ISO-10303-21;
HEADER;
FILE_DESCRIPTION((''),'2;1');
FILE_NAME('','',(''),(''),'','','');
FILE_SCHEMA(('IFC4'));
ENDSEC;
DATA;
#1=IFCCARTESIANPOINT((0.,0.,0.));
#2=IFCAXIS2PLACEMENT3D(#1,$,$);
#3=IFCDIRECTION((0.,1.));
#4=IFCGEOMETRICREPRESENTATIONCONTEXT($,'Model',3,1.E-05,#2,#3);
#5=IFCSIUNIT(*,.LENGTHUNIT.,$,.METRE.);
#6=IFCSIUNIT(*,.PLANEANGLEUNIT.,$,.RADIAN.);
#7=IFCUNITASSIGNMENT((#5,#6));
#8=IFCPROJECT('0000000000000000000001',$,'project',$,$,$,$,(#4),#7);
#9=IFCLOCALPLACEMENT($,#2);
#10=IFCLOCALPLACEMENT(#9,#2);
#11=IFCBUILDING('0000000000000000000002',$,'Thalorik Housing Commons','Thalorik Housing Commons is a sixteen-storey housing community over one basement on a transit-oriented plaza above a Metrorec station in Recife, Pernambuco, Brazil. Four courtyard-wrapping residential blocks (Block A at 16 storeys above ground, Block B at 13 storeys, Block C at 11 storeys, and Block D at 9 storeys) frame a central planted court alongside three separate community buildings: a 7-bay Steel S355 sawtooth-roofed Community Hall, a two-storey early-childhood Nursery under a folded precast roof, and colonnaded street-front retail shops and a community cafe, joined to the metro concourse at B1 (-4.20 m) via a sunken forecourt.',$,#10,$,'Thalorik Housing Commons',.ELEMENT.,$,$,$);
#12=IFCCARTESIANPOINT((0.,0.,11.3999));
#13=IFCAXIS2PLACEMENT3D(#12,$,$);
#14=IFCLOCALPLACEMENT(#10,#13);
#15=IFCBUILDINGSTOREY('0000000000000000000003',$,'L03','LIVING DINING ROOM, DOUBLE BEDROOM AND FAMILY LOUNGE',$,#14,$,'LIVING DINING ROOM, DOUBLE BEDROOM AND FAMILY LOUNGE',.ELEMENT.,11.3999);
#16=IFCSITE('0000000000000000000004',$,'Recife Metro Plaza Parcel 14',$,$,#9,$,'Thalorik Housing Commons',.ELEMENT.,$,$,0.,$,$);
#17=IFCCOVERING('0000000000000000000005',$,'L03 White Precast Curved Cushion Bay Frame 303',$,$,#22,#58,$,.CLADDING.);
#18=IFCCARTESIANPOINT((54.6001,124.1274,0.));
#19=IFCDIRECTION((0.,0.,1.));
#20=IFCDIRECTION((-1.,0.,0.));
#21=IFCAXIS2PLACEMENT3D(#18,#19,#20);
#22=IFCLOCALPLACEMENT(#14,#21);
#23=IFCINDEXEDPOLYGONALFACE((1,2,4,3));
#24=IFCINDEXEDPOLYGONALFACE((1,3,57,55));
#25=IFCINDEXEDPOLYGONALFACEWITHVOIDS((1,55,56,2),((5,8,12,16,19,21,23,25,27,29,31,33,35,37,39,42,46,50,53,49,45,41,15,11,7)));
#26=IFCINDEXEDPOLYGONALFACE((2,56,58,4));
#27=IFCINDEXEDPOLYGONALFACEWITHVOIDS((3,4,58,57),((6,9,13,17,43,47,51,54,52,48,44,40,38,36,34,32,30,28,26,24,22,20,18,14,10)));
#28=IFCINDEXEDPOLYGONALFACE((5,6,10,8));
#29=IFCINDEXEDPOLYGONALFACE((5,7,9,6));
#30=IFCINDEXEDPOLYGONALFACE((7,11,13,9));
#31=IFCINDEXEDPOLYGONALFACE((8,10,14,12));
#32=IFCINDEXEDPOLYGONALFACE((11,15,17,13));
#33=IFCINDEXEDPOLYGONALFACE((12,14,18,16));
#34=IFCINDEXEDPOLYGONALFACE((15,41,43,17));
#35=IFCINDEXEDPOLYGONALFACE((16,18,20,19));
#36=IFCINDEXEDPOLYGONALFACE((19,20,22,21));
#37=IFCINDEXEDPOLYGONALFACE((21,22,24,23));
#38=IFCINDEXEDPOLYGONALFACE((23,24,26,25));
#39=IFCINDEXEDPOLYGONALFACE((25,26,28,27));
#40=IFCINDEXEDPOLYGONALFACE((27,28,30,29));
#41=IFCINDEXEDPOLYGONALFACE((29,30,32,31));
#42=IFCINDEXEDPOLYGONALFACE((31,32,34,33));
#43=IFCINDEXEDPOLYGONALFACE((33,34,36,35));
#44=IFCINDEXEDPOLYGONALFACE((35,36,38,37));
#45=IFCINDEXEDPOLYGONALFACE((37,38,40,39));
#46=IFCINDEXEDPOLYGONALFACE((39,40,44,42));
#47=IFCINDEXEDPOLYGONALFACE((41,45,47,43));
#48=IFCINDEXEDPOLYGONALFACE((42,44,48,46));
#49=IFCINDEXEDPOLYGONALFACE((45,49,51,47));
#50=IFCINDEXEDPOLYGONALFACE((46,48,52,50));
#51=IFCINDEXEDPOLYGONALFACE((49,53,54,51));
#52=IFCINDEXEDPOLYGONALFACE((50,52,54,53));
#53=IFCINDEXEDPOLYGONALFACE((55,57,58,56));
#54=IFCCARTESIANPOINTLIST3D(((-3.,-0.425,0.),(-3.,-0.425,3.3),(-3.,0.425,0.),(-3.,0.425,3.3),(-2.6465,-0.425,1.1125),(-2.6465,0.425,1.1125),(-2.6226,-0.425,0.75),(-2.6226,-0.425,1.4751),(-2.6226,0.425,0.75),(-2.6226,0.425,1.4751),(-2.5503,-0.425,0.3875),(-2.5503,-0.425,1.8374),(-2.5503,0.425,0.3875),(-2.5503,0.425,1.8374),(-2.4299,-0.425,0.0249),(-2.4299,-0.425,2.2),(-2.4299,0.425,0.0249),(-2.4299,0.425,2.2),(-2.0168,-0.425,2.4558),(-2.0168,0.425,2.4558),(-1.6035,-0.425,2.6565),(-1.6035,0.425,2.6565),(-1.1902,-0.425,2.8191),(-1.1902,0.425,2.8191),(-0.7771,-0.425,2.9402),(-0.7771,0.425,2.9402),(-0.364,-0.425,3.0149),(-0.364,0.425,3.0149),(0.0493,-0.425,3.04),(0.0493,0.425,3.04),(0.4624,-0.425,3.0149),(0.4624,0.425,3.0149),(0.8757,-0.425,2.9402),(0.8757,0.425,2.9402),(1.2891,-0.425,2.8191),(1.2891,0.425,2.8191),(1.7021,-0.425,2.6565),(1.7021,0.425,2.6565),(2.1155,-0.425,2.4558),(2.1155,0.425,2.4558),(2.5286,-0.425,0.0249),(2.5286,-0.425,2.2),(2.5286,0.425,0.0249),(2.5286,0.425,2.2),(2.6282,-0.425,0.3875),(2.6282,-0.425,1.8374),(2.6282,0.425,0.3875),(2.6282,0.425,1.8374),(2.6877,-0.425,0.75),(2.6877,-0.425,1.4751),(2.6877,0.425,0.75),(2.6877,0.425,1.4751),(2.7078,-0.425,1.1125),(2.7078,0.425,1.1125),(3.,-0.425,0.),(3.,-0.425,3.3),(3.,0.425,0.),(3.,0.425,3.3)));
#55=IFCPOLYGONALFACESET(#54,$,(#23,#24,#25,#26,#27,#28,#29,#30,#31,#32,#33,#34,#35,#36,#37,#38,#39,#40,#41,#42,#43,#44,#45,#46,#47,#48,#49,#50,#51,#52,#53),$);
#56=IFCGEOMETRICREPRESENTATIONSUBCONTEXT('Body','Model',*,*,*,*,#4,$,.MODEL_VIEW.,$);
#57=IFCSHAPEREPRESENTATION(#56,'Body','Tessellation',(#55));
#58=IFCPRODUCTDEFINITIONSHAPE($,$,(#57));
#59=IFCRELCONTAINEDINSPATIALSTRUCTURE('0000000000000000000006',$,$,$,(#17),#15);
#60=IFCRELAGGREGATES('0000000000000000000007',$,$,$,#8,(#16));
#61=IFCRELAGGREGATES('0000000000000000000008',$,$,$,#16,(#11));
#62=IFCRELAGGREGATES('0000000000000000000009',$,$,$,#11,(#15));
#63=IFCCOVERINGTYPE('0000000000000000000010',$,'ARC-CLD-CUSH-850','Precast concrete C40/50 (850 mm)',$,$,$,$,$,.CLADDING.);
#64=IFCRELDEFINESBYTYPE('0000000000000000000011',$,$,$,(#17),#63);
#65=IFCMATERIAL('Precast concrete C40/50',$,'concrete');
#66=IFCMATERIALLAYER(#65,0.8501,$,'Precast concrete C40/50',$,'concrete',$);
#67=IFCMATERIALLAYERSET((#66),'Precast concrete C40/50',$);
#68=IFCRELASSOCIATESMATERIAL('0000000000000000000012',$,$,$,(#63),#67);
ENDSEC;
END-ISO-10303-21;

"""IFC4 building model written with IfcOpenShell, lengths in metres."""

from ifc_helpers import new_model, si_unit, direction, frame, origin, place, context, subcontext, project, spatial, polyline, outline, extrude, material, layer, layer_set, type_object, element, save


model = new_model("IFC4")

# Units and contexts
model_context = context("Model", 3, precision=1e-05, world=origin(), true_north=direction((0.0, 1.0)))
body_context = subcontext(model_context, "Body", "Model", "MODEL_VIEW")
ifc_project = project(units=[si_unit("LENGTHUNIT", "METRE"), si_unit("PLANEANGLEUNIT", "RADIAN")], contexts=[model_context])

# Site, building, storey
site_placement = place(None, origin())
site = spatial("IfcSite", under=ifc_project, at=site_placement, Name="Recife Metro Plaza Parcel 14", LongName="Thalorik Housing Commons", CompositionType="ELEMENT", RefElevation=0.0)
building_placement = place(site_placement, origin())
building = spatial("IfcBuilding", under=site, at=building_placement, Name="Thalorik Housing Commons", Description="Thalorik Housing Commons is a sixteen-storey housing community over one basement on a transit-oriented plaza above a Metrorec station in Recife, Pernambuco, Brazil. Four courtyard-wrapping residential blocks (Block A at 16 storeys above ground, Block B at 13 storeys, Block C at 11 storeys, and Block D at 9 storeys) frame a central planted court alongside three separate community buildings: a 7-bay Steel S355 sawtooth-roofed Community Hall, a two-storey early-childhood Nursery under a folded precast roof, and colonnaded street-front retail shops and a community cafe, joined to the metro concourse at B1 (-4.20 m) via a sunken forecourt.", LongName="Thalorik Housing Commons", CompositionType="ELEMENT")
storey_placement = place(building_placement, frame((0.0, 0.0, 11.3999)))
storey = spatial("IfcBuildingStorey", under=building, at=storey_placement, Name="L03", Description="LIVING DINING ROOM, DOUBLE BEDROOM AND FAMILY LOUNGE", LongName="LIVING DINING ROOM, DOUBLE BEDROOM AND FAMILY LOUNGE", CompositionType="ELEMENT", Elevation=11.3999)

# Shared definitions
ifc_material_1 = material(Name="Precast concrete C40/50", Category="concrete")

# Covering
ifc_layer_1 = layer(ifc_material_1, 0.8501, Name="Precast concrete C40/50", Category="concrete")
ifc_layer_set_1 = layer_set([ifc_layer_1], Name="Precast concrete C40/50")
covering_type_1 = type_object("IfcCoveringType", Name="ARC-CLD-CUSH-850", Description="Precast concrete C40/50 (850 mm)", PredefinedType="CLADDING", material=ifc_layer_set_1)
covering_1_placement = place(storey_placement, frame((54.6001, 124.1274, 0.0), z_axis=(0.0, 0.0, 1.0), x_axis=(-1.0, 0.0, 0.0)))
element("IfcCovering", 1, at=covering_1_placement, inside=storey, type_object=covering_type_1, Name="L03 White Precast Curved Cushion Bay Frame 303", PredefinedType="CLADDING", context=body_context, shape_type="SweptSolid", body=[
    extrude(outline(polyline([(-3.0, 0.0), (3.0, 0.0), (3.0, 3.3), (-3.0, 3.3), (-3.0, 0.0)]), holes=[polyline([(2.5286, 0.0249), (2.6282, 0.3875), (2.6877, 0.75), (2.7078, 1.1125), (2.6877, 1.4751), (2.6282, 1.8374), (2.5286, 2.2), (2.1155, 2.4558), (1.7021, 2.6565), (1.2891, 2.8191), (0.8757, 2.9402), (0.4624, 3.0149), (0.0493, 3.04), (-0.364, 3.0149), (-0.7771, 2.9402), (-1.1902, 2.8191), (-1.6035, 2.6565), (-2.0168, 2.4558), (-2.4299, 2.2), (-2.5503, 1.8374), (-2.6226, 1.4751), (-2.6465, 1.1125), (-2.6226, 0.75), (-2.5503, 0.3875), (-2.4299, 0.0249), (2.5286, 0.0249)])]), frame((0.0, 0.425, 0.0), z_axis=(0.0, -1.0, 0.0), x_axis=(1.0, 0.0, 0.0)), (0.0, 0.0, 1.0), 0.8501),
])

save(model, "model.ifc")
